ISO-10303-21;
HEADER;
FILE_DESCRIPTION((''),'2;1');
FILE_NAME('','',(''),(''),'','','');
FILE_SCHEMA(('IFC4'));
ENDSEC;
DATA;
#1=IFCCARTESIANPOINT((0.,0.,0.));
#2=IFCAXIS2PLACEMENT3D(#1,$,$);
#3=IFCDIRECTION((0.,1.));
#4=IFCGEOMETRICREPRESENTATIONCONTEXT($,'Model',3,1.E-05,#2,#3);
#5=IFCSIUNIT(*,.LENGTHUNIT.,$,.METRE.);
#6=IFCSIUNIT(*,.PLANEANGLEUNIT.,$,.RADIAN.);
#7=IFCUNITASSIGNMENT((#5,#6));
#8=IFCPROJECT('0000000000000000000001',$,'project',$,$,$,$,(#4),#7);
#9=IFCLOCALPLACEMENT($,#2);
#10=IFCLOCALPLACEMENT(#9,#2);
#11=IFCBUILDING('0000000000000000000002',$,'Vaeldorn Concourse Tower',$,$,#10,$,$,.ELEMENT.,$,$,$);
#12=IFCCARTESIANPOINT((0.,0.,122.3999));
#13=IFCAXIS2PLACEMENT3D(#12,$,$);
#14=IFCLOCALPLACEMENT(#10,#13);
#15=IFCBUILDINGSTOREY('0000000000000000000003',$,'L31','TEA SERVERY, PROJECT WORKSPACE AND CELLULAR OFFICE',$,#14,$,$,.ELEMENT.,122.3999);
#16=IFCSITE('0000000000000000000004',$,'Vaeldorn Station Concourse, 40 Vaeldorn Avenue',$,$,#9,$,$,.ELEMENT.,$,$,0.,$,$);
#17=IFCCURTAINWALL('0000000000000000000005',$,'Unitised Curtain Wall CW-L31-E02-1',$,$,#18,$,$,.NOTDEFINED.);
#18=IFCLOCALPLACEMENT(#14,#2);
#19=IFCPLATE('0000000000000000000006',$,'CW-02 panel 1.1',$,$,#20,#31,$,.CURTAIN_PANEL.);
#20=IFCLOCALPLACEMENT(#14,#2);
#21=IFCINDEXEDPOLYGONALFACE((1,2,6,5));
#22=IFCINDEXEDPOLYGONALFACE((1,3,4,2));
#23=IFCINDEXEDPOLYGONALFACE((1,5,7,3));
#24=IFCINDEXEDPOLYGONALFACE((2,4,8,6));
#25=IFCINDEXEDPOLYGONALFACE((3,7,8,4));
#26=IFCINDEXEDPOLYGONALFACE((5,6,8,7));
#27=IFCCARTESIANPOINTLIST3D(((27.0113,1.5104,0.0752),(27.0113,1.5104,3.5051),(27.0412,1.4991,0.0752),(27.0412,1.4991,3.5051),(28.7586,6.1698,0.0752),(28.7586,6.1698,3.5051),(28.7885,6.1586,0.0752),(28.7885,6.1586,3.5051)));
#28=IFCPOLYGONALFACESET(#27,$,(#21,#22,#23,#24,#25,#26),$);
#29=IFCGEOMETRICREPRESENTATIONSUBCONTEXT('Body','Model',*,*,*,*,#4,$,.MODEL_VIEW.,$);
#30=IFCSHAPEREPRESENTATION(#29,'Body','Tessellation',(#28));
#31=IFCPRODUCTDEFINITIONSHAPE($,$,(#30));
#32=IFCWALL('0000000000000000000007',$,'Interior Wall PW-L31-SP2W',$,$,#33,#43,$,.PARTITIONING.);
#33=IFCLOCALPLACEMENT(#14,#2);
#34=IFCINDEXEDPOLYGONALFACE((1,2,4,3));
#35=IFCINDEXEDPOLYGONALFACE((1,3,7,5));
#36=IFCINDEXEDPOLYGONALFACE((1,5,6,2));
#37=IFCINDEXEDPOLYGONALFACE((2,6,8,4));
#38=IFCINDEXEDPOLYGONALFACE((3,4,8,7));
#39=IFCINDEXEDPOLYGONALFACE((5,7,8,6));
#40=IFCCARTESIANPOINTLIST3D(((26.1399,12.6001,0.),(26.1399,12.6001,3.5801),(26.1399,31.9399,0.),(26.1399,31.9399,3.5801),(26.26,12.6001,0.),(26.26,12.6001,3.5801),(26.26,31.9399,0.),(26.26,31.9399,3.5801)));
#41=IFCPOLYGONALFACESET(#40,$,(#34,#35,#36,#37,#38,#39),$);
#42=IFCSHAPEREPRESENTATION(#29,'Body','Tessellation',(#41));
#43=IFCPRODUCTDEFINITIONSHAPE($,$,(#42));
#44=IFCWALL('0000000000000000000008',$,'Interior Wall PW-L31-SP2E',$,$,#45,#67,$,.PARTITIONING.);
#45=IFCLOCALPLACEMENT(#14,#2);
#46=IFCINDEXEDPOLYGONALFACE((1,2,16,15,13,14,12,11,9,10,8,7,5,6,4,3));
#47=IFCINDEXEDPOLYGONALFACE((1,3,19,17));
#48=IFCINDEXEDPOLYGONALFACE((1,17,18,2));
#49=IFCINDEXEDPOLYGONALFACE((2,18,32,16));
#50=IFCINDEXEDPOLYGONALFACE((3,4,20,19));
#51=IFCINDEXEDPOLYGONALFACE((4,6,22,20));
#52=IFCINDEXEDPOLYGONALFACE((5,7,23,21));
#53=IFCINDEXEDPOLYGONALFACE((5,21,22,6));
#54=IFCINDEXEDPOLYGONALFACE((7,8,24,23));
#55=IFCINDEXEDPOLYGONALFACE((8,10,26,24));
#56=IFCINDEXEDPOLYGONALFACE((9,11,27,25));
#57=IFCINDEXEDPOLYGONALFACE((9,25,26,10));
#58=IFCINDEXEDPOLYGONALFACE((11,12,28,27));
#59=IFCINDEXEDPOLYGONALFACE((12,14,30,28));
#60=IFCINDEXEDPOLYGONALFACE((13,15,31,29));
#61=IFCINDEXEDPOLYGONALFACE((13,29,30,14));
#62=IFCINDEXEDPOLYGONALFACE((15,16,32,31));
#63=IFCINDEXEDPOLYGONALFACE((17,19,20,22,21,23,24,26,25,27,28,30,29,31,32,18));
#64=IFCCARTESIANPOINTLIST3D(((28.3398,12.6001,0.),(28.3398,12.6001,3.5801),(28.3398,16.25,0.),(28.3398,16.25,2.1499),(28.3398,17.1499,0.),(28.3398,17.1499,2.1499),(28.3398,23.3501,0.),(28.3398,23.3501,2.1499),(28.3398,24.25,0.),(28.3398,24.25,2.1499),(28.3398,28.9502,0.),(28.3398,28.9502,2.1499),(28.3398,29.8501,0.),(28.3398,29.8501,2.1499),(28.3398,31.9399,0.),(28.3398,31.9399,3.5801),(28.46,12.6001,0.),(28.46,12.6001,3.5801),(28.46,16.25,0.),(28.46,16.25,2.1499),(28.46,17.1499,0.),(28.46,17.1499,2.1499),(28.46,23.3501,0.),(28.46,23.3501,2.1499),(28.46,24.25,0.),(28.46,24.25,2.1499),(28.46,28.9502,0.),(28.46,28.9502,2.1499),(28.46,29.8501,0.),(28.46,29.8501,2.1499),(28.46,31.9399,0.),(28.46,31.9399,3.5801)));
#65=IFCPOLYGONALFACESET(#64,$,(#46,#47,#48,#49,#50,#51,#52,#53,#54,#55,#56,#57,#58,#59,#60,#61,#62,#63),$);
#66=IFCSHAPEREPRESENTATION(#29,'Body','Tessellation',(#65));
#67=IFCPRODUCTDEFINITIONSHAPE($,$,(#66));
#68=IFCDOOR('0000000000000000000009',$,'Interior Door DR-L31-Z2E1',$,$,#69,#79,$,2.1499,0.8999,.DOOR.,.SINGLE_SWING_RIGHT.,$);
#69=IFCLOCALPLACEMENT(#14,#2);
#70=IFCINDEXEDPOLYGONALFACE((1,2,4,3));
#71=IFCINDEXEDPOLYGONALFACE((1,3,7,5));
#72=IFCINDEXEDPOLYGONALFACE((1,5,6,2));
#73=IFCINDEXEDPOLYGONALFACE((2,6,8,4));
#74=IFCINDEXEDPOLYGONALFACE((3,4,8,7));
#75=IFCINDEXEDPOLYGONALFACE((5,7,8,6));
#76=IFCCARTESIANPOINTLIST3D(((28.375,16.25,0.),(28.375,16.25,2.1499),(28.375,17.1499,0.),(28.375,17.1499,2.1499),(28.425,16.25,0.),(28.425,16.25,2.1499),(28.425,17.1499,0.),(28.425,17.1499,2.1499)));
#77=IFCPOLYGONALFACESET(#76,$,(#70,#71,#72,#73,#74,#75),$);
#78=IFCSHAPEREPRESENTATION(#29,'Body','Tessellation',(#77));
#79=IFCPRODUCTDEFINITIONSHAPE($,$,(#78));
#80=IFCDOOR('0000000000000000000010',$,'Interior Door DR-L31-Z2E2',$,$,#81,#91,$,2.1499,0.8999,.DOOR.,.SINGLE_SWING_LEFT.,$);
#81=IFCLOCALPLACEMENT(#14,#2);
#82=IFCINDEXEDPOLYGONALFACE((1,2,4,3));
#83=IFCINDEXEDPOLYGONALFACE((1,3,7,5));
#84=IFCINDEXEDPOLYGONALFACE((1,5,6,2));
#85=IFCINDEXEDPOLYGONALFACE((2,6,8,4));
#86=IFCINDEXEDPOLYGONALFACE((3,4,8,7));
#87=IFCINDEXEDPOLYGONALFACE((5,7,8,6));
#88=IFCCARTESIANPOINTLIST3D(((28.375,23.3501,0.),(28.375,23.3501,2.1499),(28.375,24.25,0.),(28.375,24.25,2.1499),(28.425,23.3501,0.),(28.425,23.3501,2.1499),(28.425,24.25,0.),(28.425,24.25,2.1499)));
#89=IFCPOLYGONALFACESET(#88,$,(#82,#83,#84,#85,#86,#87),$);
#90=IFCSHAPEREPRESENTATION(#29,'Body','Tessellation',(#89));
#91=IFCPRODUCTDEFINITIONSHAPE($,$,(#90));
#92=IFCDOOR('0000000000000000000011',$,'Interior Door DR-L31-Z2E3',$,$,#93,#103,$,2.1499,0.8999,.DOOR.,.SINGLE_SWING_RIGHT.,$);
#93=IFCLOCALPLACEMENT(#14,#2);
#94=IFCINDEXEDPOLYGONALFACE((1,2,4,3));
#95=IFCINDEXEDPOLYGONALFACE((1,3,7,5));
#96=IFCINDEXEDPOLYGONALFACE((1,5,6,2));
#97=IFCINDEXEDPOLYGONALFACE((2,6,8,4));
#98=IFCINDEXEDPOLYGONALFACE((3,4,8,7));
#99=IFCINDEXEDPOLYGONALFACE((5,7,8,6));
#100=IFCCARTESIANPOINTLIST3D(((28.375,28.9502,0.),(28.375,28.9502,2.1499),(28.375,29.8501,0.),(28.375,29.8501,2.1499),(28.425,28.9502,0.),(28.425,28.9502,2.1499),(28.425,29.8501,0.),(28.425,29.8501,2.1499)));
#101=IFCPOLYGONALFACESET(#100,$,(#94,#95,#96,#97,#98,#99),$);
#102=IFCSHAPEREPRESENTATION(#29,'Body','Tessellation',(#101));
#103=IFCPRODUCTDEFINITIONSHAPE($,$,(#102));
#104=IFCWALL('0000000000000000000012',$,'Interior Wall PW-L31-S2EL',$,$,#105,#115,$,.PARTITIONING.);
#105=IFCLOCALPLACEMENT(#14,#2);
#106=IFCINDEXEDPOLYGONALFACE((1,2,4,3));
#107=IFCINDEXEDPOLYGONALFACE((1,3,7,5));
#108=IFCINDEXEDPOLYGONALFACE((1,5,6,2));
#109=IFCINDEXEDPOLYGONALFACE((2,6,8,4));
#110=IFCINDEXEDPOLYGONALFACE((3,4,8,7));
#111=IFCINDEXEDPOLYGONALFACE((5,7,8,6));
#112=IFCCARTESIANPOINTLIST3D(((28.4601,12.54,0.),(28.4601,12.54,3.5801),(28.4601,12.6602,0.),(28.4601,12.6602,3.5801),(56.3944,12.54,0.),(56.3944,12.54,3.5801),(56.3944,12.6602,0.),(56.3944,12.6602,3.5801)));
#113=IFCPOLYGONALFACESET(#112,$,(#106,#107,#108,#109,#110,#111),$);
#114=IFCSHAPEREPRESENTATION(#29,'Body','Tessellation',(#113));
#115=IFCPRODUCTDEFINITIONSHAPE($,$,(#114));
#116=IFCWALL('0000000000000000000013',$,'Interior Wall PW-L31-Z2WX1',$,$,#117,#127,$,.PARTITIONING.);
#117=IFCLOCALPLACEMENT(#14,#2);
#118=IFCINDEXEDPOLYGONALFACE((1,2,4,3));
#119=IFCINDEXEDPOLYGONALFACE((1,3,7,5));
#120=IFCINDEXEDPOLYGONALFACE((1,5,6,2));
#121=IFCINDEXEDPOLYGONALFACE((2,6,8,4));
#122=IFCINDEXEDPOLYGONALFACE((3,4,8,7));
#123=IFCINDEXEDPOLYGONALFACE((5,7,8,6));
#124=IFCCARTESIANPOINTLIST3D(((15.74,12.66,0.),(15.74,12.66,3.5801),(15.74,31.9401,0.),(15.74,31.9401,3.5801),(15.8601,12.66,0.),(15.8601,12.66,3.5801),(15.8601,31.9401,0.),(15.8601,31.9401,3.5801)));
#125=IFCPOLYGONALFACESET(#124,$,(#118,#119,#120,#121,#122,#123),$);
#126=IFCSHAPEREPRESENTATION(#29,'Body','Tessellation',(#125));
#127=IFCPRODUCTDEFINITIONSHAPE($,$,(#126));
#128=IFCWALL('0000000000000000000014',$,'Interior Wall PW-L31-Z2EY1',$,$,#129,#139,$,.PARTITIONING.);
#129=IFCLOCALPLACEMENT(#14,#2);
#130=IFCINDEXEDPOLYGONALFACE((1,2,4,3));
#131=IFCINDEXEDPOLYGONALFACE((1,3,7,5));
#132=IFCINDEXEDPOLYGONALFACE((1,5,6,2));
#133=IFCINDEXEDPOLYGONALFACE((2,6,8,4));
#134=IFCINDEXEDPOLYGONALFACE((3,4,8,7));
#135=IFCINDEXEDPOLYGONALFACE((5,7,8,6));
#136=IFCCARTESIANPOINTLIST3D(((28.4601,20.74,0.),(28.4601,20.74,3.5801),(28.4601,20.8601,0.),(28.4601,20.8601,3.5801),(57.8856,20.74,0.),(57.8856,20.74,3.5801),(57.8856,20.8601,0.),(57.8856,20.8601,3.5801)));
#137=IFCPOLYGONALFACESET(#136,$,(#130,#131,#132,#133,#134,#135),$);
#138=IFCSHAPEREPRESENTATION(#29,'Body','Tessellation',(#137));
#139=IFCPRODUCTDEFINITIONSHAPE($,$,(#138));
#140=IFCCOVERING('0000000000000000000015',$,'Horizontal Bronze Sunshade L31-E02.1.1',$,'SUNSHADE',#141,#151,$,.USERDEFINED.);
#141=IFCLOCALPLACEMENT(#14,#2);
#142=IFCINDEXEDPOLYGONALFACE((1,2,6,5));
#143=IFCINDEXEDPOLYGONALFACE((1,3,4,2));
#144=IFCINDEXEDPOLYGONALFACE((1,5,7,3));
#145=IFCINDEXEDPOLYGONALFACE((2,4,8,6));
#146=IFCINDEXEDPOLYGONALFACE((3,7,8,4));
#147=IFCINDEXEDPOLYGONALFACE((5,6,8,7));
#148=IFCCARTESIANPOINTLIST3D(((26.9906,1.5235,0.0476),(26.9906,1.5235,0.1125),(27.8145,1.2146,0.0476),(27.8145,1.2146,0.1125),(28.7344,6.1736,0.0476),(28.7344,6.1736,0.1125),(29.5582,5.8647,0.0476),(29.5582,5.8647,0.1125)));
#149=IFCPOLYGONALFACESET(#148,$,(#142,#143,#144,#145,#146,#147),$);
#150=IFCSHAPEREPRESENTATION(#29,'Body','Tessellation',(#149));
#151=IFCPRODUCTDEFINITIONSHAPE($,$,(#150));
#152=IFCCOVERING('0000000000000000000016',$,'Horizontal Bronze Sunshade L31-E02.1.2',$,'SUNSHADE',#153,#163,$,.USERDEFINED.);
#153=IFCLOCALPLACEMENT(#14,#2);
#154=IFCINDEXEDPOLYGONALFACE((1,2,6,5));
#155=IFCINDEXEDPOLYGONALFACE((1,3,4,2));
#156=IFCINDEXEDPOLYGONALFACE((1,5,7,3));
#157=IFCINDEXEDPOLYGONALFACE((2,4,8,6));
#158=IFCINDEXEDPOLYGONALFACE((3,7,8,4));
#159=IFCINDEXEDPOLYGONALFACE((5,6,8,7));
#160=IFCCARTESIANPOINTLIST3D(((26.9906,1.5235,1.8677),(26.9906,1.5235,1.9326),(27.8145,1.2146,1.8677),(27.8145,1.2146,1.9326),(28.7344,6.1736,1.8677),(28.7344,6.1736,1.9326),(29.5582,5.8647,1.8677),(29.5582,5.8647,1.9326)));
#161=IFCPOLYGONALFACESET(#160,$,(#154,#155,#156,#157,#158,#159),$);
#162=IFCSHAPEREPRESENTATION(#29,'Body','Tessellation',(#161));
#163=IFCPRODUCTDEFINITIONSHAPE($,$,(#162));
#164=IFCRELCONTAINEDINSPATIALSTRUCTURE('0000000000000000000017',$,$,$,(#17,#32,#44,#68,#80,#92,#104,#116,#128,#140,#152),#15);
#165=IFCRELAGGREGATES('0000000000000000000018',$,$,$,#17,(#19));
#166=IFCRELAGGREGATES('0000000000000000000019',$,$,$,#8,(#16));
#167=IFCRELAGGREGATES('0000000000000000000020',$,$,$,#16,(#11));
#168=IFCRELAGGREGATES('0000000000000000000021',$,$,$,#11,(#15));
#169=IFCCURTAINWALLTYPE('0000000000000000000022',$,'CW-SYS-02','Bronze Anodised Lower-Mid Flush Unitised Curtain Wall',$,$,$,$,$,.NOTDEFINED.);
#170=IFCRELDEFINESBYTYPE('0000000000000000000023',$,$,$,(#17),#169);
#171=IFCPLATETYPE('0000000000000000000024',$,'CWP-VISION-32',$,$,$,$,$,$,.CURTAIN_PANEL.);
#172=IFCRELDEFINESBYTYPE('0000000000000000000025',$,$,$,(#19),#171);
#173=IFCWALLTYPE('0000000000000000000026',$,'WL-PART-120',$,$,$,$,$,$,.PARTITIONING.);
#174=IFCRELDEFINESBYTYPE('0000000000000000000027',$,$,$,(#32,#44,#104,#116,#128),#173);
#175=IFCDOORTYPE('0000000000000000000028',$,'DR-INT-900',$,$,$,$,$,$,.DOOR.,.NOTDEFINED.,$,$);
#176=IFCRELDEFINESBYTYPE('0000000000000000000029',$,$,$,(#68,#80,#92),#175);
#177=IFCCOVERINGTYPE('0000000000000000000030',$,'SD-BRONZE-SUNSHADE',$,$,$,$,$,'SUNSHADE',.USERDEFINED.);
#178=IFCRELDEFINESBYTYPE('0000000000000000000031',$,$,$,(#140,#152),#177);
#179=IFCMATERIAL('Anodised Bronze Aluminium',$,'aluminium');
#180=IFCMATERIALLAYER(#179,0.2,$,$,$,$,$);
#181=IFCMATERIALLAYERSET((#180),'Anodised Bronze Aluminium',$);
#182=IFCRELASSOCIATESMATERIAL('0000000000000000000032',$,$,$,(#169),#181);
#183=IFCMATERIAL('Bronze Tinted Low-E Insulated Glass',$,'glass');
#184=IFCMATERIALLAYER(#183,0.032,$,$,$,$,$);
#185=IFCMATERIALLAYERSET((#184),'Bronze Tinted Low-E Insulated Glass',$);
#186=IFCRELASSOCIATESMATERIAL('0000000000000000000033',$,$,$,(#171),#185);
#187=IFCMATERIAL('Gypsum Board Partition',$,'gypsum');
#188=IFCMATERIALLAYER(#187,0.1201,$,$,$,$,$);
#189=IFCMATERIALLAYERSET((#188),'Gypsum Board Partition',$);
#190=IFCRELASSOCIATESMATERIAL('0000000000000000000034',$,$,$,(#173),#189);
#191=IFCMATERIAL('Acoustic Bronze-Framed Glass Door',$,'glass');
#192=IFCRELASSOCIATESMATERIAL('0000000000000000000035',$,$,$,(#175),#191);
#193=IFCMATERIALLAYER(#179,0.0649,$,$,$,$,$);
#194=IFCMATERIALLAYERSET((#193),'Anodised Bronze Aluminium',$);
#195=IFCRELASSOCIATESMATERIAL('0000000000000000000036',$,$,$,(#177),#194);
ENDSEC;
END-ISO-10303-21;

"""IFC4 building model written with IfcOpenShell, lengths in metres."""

from ifc_helpers import new_model, si_unit, direction, frame, frame_2d, origin, origin_2d, place, context, subcontext, project, spatial, rectangle, extrude, source, transform, mapped, material, layer, layer_set, type_object, element, fill, aggregate, save


model = new_model("IFC4")

# Units and contexts
model_context = context("Model", 3, precision=1e-05, world=origin(), true_north=direction((0.0, 1.0)))
body_context = subcontext(model_context, "Body", "Model", "MODEL_VIEW")
ifc_project = project(units=[si_unit("LENGTHUNIT", "METRE"), si_unit("PLANEANGLEUNIT", "RADIAN")], contexts=[model_context])

# Site, building, storey
site_placement = place(None, origin())
site = spatial("IfcSite", under=ifc_project, at=site_placement, Name="Vaeldorn Station Concourse, 40 Vaeldorn Avenue", CompositionType="ELEMENT", RefElevation=0.0)
building_placement = place(site_placement, origin())
building = spatial("IfcBuilding", under=site, at=building_placement, Name="Vaeldorn Concourse Tower", CompositionType="ELEMENT")
storey_placement = place(building_placement, frame((0.0, 0.0, 122.3999)))
storey = spatial("IfcBuildingStorey", under=building, at=storey_placement, Name="L31", Description="TEA SERVERY, PROJECT WORKSPACE AND CELLULAR OFFICE", CompositionType="ELEMENT", Elevation=122.3999)

# Shared definitions
ifc_material_1 = material(Name="Anodised Bronze Aluminium", Category="aluminium")
ifc_layer_1 = layer(ifc_material_1, 0.2)
ifc_layer_set_1 = layer_set([ifc_layer_1], Name="Anodised Bronze Aluminium")
curtain_wall_type = type_object("IfcCurtainWallType", Name="CW-SYS-02", Description="Bronze Anodised Lower-Mid Flush Unitised Curtain Wall", PredefinedType="NOTDEFINED", material=ifc_layer_set_1)

# Curtain wall
curtain_wall_1_placement = place(storey_placement, origin())
curtain_wall_1 = element("IfcCurtainWall", 1, at=curtain_wall_1_placement, inside=storey, type_object=curtain_wall_type, Name="Unitised Curtain Wall CW-L31-E02-1", PredefinedType="NOTDEFINED")

# Plate
ifc_material_2 = material(Name="Bronze Tinted Low-E Insulated Glass", Category="glass")
ifc_layer_2 = layer(ifc_material_2, 0.032)
ifc_layer_set_2 = layer_set([ifc_layer_2], Name="Bronze Tinted Low-E Insulated Glass")
plate_type = type_object("IfcPlateType", Name="CWP-VISION-32", PredefinedType="CURTAIN_PANEL", material=ifc_layer_set_2)
shared_shape_1 = source(origin(), body_context, "Body", "SweptSolid", [
    extrude(rectangle(XDim=4.9763, YDim=0.032, at=origin_2d()), origin(), (0.0, 0.0, 1.0), 3.4299),
])
plate_placement = place(storey_placement, frame((27.8999, 3.8345, 0.0752), z_axis=(0.0, 0.0, 1.0), x_axis=(0.351123, 0.936329, 0.0)))
plate = element("IfcPlate", 2, at=plate_placement, type_object=plate_type, Name="CW-02 panel 1.1", PredefinedType="CURTAIN_PANEL", context=body_context, shape_type="MappedRepresentation", body=[
    mapped(shared_shape_1, transform((0.0, 0.0, 0.0), scale=1.0)),
])
aggregate(curtain_wall_1, [plate])

# Wall
ifc_material_3 = material(Name="Gypsum Board Partition", Category="gypsum")
ifc_layer_3 = layer(ifc_material_3, 0.1201)
ifc_layer_set_3 = layer_set([ifc_layer_3], Name="Gypsum Board Partition")
wall_type = type_object("IfcWallType", Name="WL-PART-120", PredefinedType="PARTITIONING", material=ifc_layer_set_3)
wall_1_placement = place(storey_placement, frame((26.2, 12.6001, 0.0), z_axis=(0.0, 0.0, 1.0), x_axis=(0.0, 1.0, 0.0)))
element("IfcWall", 3, at=wall_1_placement, inside=storey, type_object=wall_type, Name="Interior Wall PW-L31-SP2W", PredefinedType="PARTITIONING", context=body_context, shape_type="SweptSolid", body=[
    extrude(rectangle(XDim=19.3398, YDim=0.1201, at=frame_2d((9.6699, 0.0))), origin(), (0.0, 0.0, 1.0), 3.5801),
])

# Wall, openings, doors
wall_2_placement = place(storey_placement, frame((28.3999, 12.6001, 0.0), z_axis=(0.0, 0.0, 1.0), x_axis=(0.0, 1.0, 0.0)))
wall_2 = element("IfcWall", 4, at=wall_2_placement, inside=storey, type_object=wall_type, Name="Interior Wall PW-L31-SP2E", PredefinedType="PARTITIONING", context=body_context, shape_type="SweptSolid", body=[
    extrude(rectangle(XDim=19.3398, YDim=0.1201, at=frame_2d((9.6699, 0.0))), origin(), (0.0, 0.0, 1.0), 3.5801),
])
opening_1_placement = place(wall_2_placement, frame((3.6499, 0.0, 0.0)))
opening_1 = element("IfcOpeningElement", 5, at=opening_1_placement, cuts=wall_2, PredefinedType="OPENING", context=body_context, shape_type="SweptSolid", body=[
    extrude(rectangle(XDim=0.8999, YDim=2.1499, at=frame_2d((0.45, 1.075))), frame((0.0, 0.0701, 0.0), z_axis=(0.0, -1.0, 0.0), x_axis=(1.0, 0.0, 0.0)), (0.0, 0.0, 1.0), 0.1401),
])
opening_2_placement = place(wall_2_placement, frame((10.75, 0.0, 0.0)))
opening_2 = element("IfcOpeningElement", 6, at=opening_2_placement, cuts=wall_2, PredefinedType="OPENING", context=body_context, shape_type="SweptSolid", body=[
    extrude(rectangle(XDim=0.8999, YDim=2.1499, at=frame_2d((0.45, 1.075))), frame((0.0, 0.0701, 0.0), z_axis=(0.0, -1.0, 0.0), x_axis=(1.0, 0.0, 0.0)), (0.0, 0.0, 1.0), 0.1401),
])
opening_3_placement = place(wall_2_placement, frame((16.3501, 0.0, 0.0)))
opening_3 = element("IfcOpeningElement", 7, at=opening_3_placement, cuts=wall_2, PredefinedType="OPENING", context=body_context, shape_type="SweptSolid", body=[
    extrude(rectangle(XDim=0.8999, YDim=2.1499, at=frame_2d((0.45, 1.075))), frame((0.0, 0.0701, 0.0), z_axis=(0.0, -1.0, 0.0), x_axis=(1.0, 0.0, 0.0)), (0.0, 0.0, 1.0), 0.1401),
])
ifc_material_4 = material(Name="Acoustic Bronze-Framed Glass Door", Category="glass")
door_type = type_object("IfcDoorType", Name="DR-INT-900", OperationType="NOTDEFINED", PredefinedType="DOOR", material=ifc_material_4)
shared_shape_2 = source(origin(), body_context, "Body", "SweptSolid", [
    extrude(rectangle(XDim=0.8999, YDim=2.1499, at=frame_2d((0.45, 1.075))), frame((0.0, 0.0249, 0.0), z_axis=(0.0, -1.0, 0.0), x_axis=(1.0, 0.0, 0.0)), (0.0, 0.0, 1.0), 0.05),
])
door_1_placement = place(opening_1_placement, origin())
door_1 = element("IfcDoor", 8, at=door_1_placement, inside=storey, type_object=door_type, Name="Interior Door DR-L31-Z2E1", OperationType="SINGLE_SWING_RIGHT", OverallHeight=2.1499, OverallWidth=0.8999, PredefinedType="DOOR", context=body_context, shape_type="MappedRepresentation", body=[
    mapped(shared_shape_2, transform((0.0, 0.0, 0.0), scale=1.0)),
])
fill(opening_1, door_1)
door_2_placement = place(opening_2_placement, origin())
door_2 = element("IfcDoor", 9, at=door_2_placement, inside=storey, type_object=door_type, Name="Interior Door DR-L31-Z2E2", OperationType="SINGLE_SWING_LEFT", OverallHeight=2.1499, OverallWidth=0.8999, PredefinedType="DOOR", context=body_context, shape_type="MappedRepresentation", body=[
    mapped(shared_shape_2, transform((0.0, 0.0, 0.0), scale=1.0)),
])
fill(opening_2, door_2)
door_3_placement = place(opening_3_placement, origin())
door_3 = element("IfcDoor", 10, at=door_3_placement, inside=storey, type_object=door_type, Name="Interior Door DR-L31-Z2E3", OperationType="SINGLE_SWING_RIGHT", OverallHeight=2.1499, OverallWidth=0.8999, PredefinedType="DOOR", context=body_context, shape_type="MappedRepresentation", body=[
    mapped(shared_shape_2, transform((0.0, 0.0, 0.0), scale=1.0)),
])
fill(opening_3, door_3)

# Walls
wall_3_placement = place(storey_placement, frame((28.46, 12.6001, 0.0), z_axis=(0.0, 0.0, 1.0), x_axis=(1.0, 0.0, 0.0)))
element("IfcWall", 11, at=wall_3_placement, inside=storey, type_object=wall_type, Name="Interior Wall PW-L31-S2EL", PredefinedType="PARTITIONING", context=body_context, shape_type="SweptSolid", body=[
    extrude(rectangle(XDim=27.9343, YDim=0.1201, at=frame_2d((13.9673, 0.0))), origin(), (0.0, 0.0, 1.0), 3.5801),
])
wall_4_placement = place(storey_placement, frame((15.8, 12.6599, 0.0), z_axis=(0.0, 0.0, 1.0), x_axis=(0.0, 1.0, 0.0)))
element("IfcWall", 12, at=wall_4_placement, inside=storey, type_object=wall_type, Name="Interior Wall PW-L31-Z2WX1", PredefinedType="PARTITIONING", context=body_context, shape_type="SweptSolid", body=[
    extrude(rectangle(XDim=19.28, YDim=0.1201, at=frame_2d((9.6401, 0.0))), origin(), (0.0, 0.0, 1.0), 3.5801),
])
wall_5_placement = place(storey_placement, frame((28.46, 20.8, 0.0), z_axis=(0.0, 0.0, 1.0), x_axis=(1.0, 0.0, 0.0)))
element("IfcWall", 13, at=wall_5_placement, inside=storey, type_object=wall_type, Name="Interior Wall PW-L31-Z2EY1", PredefinedType="PARTITIONING", context=body_context, shape_type="SweptSolid", body=[
    extrude(rectangle(XDim=29.4255, YDim=0.1201, at=frame_2d((14.7129, 0.0))), origin(), (0.0, 0.0, 1.0), 3.5801),
])

# Coverings
ifc_layer_4 = layer(ifc_material_1, 0.0649)
ifc_layer_set_4 = layer_set([ifc_layer_4], Name="Anodised Bronze Aluminium")
covering_type = type_object("IfcCoveringType", Name="SD-BRONZE-SUNSHADE", ElementType="SUNSHADE", PredefinedType="USERDEFINED", material=ifc_layer_set_4)
shared_shape_3 = source(origin(), body_context, "Body", "SweptSolid", [
    extrude(rectangle(XDim=4.9663, YDim=0.8799, at=origin_2d()), origin(), (0.0, 0.0, 1.0), 0.0649),
])
for number, where, z_axis, x_axis, name in (
    (14, (28.2744, 3.6941, 0.0476), (0.0, 0.0, 1.0), (0.351123, 0.936329, 0.0), "Horizontal Bronze Sunshade L31-E02.1.1"),
    (15, (28.2744, 3.6941, 1.8677), (0.0, 0.0, 1.0), (0.351123, 0.936329, 0.0), "Horizontal Bronze Sunshade L31-E02.1.2"),
):
    element("IfcCovering", number, at=place(storey_placement, frame(where, z_axis=z_axis, x_axis=x_axis)), inside=storey, type_object=covering_type, Name=name, ObjectType="SUNSHADE", PredefinedType="USERDEFINED", context=body_context, shape_type="MappedRepresentation", body=[
        mapped(shared_shape_3, transform((0.0, 0.0, 0.0), scale=1.0)),
    ])

save(model, "model.ifc")
